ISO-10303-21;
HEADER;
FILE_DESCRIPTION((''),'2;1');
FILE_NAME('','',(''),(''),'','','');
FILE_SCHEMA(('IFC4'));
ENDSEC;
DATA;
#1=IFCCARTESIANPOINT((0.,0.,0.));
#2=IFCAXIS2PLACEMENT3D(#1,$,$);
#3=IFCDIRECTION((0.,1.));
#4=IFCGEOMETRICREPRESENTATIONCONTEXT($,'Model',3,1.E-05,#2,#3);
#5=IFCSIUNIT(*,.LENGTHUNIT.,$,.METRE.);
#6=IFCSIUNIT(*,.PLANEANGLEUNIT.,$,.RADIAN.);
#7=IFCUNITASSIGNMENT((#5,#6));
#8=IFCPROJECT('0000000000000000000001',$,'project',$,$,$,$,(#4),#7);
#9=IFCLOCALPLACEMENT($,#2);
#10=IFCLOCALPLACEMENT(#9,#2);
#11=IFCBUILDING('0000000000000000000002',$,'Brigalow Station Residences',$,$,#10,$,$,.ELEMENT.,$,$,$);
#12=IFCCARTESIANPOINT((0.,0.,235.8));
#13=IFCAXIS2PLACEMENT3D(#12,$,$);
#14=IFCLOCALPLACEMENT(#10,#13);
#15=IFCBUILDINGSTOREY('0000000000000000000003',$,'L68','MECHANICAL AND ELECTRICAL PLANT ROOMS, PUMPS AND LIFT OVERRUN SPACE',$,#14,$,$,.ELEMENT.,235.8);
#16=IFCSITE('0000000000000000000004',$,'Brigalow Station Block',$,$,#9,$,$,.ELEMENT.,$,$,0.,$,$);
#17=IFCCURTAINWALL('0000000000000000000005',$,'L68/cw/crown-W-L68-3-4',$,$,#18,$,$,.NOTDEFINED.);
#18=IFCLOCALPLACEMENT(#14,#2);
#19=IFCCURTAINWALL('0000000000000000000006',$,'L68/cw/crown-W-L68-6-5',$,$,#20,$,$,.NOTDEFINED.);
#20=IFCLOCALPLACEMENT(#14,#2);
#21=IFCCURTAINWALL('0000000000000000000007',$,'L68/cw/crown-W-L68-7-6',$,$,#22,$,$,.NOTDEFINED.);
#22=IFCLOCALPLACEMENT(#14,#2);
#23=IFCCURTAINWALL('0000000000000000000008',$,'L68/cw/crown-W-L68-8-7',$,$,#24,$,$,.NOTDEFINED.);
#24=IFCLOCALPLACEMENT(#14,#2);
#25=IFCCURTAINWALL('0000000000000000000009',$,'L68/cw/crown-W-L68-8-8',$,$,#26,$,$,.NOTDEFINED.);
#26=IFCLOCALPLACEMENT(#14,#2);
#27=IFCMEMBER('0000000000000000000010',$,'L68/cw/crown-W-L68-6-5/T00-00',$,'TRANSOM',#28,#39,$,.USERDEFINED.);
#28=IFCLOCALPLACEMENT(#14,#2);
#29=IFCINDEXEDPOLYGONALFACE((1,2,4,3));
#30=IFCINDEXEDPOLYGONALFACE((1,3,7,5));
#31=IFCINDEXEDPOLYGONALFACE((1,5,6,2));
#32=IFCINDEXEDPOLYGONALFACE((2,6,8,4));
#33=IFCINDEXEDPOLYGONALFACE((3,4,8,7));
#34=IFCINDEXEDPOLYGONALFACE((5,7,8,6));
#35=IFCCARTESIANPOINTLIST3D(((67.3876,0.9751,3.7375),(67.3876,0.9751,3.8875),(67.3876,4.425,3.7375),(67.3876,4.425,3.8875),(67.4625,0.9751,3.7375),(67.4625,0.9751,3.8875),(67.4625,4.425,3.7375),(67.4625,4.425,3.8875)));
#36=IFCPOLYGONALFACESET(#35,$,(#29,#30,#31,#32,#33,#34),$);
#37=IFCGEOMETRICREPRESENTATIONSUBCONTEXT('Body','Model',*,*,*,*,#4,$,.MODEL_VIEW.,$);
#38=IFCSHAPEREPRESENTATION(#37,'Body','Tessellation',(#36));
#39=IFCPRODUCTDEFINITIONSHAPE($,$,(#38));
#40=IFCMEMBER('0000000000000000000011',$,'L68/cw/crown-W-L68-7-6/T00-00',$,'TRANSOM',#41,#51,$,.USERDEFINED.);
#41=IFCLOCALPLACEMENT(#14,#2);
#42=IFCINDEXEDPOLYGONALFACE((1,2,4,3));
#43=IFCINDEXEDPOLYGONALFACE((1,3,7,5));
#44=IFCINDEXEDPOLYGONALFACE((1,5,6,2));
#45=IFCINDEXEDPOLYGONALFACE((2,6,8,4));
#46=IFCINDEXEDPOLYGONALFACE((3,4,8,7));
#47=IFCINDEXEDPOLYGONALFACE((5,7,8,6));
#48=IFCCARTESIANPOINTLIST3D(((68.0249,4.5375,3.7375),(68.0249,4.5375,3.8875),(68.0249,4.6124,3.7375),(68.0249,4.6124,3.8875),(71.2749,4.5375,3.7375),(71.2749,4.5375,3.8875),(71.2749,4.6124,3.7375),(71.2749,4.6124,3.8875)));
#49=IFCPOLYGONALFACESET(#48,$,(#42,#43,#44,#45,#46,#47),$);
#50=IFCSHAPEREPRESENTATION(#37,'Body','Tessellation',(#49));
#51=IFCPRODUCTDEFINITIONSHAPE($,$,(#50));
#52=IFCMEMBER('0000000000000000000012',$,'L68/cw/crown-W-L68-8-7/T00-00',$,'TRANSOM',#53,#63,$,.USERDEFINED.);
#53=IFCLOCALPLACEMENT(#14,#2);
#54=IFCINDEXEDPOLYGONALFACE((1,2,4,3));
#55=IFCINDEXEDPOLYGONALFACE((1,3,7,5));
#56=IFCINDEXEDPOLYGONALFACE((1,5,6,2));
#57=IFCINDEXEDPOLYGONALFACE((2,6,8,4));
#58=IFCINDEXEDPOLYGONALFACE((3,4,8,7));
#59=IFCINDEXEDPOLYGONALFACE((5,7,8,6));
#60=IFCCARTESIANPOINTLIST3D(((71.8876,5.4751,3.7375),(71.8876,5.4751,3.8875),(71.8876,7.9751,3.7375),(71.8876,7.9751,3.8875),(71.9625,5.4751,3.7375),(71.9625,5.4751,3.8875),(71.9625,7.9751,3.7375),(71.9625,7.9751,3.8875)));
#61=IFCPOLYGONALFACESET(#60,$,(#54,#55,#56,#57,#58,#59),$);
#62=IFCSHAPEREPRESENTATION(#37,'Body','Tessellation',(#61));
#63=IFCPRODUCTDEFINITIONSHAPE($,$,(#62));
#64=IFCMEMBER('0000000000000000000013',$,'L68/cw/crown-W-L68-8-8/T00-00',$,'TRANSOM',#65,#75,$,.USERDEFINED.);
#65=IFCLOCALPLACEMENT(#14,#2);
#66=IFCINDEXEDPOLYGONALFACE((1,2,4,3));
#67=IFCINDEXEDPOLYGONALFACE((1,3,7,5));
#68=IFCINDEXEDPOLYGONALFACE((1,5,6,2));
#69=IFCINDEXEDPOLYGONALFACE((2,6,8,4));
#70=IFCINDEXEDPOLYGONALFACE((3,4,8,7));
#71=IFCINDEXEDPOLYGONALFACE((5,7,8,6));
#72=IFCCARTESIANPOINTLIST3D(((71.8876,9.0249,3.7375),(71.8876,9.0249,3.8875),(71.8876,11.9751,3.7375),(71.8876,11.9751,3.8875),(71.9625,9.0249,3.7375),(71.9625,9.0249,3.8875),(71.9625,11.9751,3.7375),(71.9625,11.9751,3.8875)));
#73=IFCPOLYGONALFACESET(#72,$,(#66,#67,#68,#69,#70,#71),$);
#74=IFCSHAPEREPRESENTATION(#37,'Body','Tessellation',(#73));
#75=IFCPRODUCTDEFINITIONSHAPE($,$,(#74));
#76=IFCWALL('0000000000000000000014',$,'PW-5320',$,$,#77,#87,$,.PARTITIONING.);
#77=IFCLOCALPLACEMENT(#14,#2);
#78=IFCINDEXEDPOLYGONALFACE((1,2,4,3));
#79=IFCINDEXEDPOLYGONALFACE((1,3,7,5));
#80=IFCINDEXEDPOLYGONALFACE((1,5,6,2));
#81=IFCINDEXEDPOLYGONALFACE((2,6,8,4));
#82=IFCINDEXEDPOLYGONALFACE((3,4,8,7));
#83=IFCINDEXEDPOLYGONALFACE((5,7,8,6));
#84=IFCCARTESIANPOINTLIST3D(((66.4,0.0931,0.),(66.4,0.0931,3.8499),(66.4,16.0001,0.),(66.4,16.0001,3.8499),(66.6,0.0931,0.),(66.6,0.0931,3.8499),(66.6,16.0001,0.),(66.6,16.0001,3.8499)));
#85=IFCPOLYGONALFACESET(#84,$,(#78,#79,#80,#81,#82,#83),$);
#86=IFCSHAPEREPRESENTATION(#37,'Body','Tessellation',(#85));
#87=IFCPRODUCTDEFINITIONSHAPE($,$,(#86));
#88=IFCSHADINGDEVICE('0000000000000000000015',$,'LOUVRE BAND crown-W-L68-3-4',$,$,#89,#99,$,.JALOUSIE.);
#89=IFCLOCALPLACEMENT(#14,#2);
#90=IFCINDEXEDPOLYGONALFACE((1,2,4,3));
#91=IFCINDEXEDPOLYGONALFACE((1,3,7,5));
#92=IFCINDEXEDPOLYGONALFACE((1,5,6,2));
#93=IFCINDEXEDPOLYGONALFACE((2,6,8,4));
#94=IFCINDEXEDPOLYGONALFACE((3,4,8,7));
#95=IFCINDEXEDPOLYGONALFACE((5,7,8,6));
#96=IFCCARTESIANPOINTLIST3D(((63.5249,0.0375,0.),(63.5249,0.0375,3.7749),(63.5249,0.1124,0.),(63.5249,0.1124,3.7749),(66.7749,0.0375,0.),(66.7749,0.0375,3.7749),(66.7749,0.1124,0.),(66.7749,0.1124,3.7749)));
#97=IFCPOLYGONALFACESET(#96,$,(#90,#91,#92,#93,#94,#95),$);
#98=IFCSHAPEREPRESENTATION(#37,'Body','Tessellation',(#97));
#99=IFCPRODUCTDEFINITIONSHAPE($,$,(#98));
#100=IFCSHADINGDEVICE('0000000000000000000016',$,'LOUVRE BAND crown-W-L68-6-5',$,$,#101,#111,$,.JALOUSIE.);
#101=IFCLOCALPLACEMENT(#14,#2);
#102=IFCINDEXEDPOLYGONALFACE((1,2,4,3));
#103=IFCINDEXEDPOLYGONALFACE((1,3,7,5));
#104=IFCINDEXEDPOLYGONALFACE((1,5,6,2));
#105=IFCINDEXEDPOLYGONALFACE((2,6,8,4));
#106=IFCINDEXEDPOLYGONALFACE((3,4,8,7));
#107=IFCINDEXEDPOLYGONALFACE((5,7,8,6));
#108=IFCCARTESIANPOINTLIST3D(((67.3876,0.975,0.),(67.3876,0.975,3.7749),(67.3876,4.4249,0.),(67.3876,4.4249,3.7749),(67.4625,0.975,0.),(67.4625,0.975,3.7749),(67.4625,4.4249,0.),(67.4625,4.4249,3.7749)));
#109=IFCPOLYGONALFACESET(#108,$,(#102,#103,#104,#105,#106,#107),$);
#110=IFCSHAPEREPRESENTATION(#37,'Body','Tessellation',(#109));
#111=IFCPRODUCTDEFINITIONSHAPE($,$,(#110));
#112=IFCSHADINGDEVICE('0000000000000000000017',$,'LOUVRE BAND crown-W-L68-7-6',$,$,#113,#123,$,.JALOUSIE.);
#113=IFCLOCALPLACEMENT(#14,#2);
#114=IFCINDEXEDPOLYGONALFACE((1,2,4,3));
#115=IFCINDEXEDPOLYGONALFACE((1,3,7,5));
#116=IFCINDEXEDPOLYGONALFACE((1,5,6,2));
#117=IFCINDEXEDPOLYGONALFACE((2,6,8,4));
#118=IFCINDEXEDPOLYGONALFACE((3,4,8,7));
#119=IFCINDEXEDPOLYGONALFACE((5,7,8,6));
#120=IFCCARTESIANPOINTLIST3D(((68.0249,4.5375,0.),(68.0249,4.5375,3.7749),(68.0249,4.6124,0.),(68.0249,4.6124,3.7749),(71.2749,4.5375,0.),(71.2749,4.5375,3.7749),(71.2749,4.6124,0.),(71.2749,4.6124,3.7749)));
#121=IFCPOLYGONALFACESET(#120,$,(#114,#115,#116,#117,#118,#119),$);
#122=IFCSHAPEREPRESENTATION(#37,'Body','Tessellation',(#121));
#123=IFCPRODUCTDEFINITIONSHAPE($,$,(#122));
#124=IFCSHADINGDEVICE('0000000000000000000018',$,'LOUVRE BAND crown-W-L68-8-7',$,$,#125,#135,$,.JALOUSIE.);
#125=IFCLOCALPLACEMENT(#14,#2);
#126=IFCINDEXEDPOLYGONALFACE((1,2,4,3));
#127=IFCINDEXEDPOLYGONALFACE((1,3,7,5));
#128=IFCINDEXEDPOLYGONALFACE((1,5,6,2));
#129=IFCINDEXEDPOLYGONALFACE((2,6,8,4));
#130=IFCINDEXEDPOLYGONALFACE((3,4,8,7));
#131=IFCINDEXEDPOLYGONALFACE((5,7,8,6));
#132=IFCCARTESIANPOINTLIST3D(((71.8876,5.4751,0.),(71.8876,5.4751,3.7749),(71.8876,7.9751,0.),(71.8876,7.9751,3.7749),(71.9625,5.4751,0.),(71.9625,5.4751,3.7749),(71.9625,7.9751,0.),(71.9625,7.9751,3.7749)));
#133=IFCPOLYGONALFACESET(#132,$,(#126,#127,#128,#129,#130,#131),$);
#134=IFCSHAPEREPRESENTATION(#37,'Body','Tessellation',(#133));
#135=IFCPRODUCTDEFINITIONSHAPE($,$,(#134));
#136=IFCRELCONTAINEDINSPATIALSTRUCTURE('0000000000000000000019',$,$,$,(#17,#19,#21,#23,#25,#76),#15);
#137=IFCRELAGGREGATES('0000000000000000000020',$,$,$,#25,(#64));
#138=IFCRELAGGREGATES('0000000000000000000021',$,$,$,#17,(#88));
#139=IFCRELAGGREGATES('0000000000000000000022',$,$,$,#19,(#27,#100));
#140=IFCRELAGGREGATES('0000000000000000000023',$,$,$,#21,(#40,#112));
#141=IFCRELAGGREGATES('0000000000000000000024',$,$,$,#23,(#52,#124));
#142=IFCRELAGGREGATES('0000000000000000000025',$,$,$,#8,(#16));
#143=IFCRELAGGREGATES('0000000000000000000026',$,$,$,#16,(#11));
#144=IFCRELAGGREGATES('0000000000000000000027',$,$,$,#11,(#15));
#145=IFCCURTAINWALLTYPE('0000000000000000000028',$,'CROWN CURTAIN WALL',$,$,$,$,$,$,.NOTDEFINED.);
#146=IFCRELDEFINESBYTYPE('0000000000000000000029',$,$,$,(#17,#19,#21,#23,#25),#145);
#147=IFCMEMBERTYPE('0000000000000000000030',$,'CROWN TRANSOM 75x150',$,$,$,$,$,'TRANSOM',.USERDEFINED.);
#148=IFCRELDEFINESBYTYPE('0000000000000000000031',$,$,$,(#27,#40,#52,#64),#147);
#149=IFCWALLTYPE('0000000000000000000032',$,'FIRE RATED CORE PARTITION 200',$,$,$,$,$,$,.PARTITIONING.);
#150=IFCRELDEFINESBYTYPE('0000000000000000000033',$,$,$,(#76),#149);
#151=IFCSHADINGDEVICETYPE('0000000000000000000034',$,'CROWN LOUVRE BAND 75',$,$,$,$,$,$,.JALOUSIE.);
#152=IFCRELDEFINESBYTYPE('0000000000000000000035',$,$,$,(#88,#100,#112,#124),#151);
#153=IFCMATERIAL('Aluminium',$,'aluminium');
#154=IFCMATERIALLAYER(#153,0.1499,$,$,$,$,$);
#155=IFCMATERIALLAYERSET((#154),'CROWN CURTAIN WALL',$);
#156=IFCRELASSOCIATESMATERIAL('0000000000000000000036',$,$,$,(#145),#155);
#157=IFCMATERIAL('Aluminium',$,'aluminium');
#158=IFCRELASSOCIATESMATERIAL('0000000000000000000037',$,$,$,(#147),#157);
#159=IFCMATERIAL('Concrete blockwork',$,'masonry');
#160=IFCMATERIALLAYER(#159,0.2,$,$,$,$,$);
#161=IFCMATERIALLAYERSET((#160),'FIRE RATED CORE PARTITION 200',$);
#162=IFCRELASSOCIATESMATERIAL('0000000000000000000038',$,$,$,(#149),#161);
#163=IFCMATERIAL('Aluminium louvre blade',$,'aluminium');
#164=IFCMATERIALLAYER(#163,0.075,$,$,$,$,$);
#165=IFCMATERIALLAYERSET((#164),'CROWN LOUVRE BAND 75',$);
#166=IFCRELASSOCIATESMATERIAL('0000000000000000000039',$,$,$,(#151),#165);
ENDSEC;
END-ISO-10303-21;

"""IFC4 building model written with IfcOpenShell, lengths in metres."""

from ifc_helpers import new_model, si_unit, direction, frame, frame_2d, origin, origin_2d, place, context, subcontext, project, spatial, rectangle, extrude, material, layer, layer_set, material_profile, profile_set, type_object, element, aggregate, save


model = new_model("IFC4")

# Units and contexts
model_context = context("Model", 3, precision=1e-05, world=origin(), true_north=direction((0.0, 1.0)))
body_context = subcontext(model_context, "Body", "Model", "MODEL_VIEW")
ifc_project = project(units=[si_unit("LENGTHUNIT", "METRE"), si_unit("PLANEANGLEUNIT", "RADIAN")], contexts=[model_context])

# Site, building, storey
site_placement = place(None, origin())
site = spatial("IfcSite", under=ifc_project, at=site_placement, Name="Brigalow Station Block", CompositionType="ELEMENT", RefElevation=0.0)
building_placement = place(site_placement, origin())
building = spatial("IfcBuilding", under=site, at=building_placement, Name="Brigalow Station Residences", CompositionType="ELEMENT")
storey_placement = place(building_placement, frame((0.0, 0.0, 235.8)))
storey = spatial("IfcBuildingStorey", under=building, at=storey_placement, Name="L68", Description="MECHANICAL AND ELECTRICAL PLANT ROOMS, PUMPS AND LIFT OVERRUN SPACE", CompositionType="ELEMENT", Elevation=235.8)

# Curtain walls
ifc_material_1 = material(Name="Aluminium", Category="aluminium")
ifc_layer_1 = layer(ifc_material_1, 0.1499)
ifc_layer_set_1 = layer_set([ifc_layer_1], Name="CROWN CURTAIN WALL")
curtain_wall_type = type_object("IfcCurtainWallType", Name="CROWN CURTAIN WALL", PredefinedType="NOTDEFINED", material=ifc_layer_set_1)
curtain_wall_1_placement = place(storey_placement, origin())
curtain_wall_1 = element("IfcCurtainWall", 1, at=curtain_wall_1_placement, inside=storey, type_object=curtain_wall_type, Name="L68/cw/crown-W-L68-3-4", PredefinedType="NOTDEFINED")
curtain_wall_2_placement = place(storey_placement, origin())
curtain_wall_2 = element("IfcCurtainWall", 2, at=curtain_wall_2_placement, inside=storey, type_object=curtain_wall_type, Name="L68/cw/crown-W-L68-6-5", PredefinedType="NOTDEFINED")
curtain_wall_3_placement = place(storey_placement, origin())
curtain_wall_3 = element("IfcCurtainWall", 3, at=curtain_wall_3_placement, inside=storey, type_object=curtain_wall_type, Name="L68/cw/crown-W-L68-7-6", PredefinedType="NOTDEFINED")
curtain_wall_4_placement = place(storey_placement, origin())
curtain_wall_4 = element("IfcCurtainWall", 4, at=curtain_wall_4_placement, inside=storey, type_object=curtain_wall_type, Name="L68/cw/crown-W-L68-8-7", PredefinedType="NOTDEFINED")

# Curtain wall
curtain_wall_5_placement = place(storey_placement, origin())
curtain_wall_5 = element("IfcCurtainWall", 5, at=curtain_wall_5_placement, inside=storey, type_object=curtain_wall_type, Name="L68/cw/crown-W-L68-8-8", PredefinedType="NOTDEFINED")

# Members
ifc_material_2 = material(Name="Aluminium", Category="aluminium")
ifc_material_profile_1 = material_profile(ifc_material_2, rectangle(XDim=0.075, YDim=0.1499, at=origin_2d()), Name="CROWN TRANSOM 75x150")
ifc_profile_set_1 = profile_set([ifc_material_profile_1], Name="Aluminium")
member_type_1 = type_object("IfcMemberType", Name="CROWN TRANSOM 75x150", ElementType="TRANSOM", PredefinedType="USERDEFINED", material=ifc_profile_set_1)
member_1_placement = place(storey_placement, frame((67.425, 0.9751, 3.8125), z_axis=(0.0, 1.0, 0.0), x_axis=(-1.0, 0.0, 0.0)))
member_1 = element("IfcMember", 6, at=member_1_placement, type_object=member_type_1, Name="L68/cw/crown-W-L68-6-5/T00-00", ObjectType="TRANSOM", PredefinedType="USERDEFINED", context=body_context, shape_type="SweptSolid", body=[
    extrude(rectangle(XDim=0.075, YDim=0.1499, at=origin_2d()), origin(), (0.0, 0.0, 1.0), 3.45),
])
member_2_placement = place(storey_placement, frame((68.0249, 4.575, 3.8125), z_axis=(1.0, 0.0, 0.0), x_axis=(0.0, 1.0, 0.0)))
member_2 = element("IfcMember", 7, at=member_2_placement, type_object=member_type_1, Name="L68/cw/crown-W-L68-7-6/T00-00", ObjectType="TRANSOM", PredefinedType="USERDEFINED", context=body_context, shape_type="SweptSolid", body=[
    extrude(rectangle(XDim=0.075, YDim=0.1499, at=origin_2d()), origin(), (0.0, 0.0, 1.0), 3.25),
])
member_3_placement = place(storey_placement, frame((71.925, 5.4751, 3.8125), z_axis=(0.0, 1.0, 0.0), x_axis=(-1.0, 0.0, 0.0)))
member_3 = element("IfcMember", 8, at=member_3_placement, type_object=member_type_1, Name="L68/cw/crown-W-L68-8-7/T00-00", ObjectType="TRANSOM", PredefinedType="USERDEFINED", context=body_context, shape_type="SweptSolid", body=[
    extrude(rectangle(XDim=0.075, YDim=0.1499, at=origin_2d()), origin(), (0.0, 0.0, 1.0), 2.5),
])
member_4_placement = place(storey_placement, frame((71.925, 9.0249, 3.8125), z_axis=(0.0, 1.0, 0.0), x_axis=(-1.0, 0.0, 0.0)))
member_4 = element("IfcMember", 9, at=member_4_placement, type_object=member_type_1, Name="L68/cw/crown-W-L68-8-8/T00-00", ObjectType="TRANSOM", PredefinedType="USERDEFINED", context=body_context, shape_type="SweptSolid", body=[
    extrude(rectangle(XDim=0.075, YDim=0.1499, at=origin_2d()), origin(), (0.0, 0.0, 1.0), 2.9502),
])
aggregate(curtain_wall_5, [member_4])

# Wall
ifc_material_3 = material(Name="Concrete blockwork", Category="masonry")
ifc_layer_2 = layer(ifc_material_3, 0.2)
ifc_layer_set_2 = layer_set([ifc_layer_2], Name="FIRE RATED CORE PARTITION 200")
wall_type = type_object("IfcWallType", Name="FIRE RATED CORE PARTITION 200", PredefinedType="PARTITIONING", material=ifc_layer_set_2)
wall_placement = place(storey_placement, frame((66.5, 0.093, 0.0), z_axis=(0.0, 0.0, 1.0), x_axis=(0.0, 1.0, 0.0)))
element("IfcWall", 10, at=wall_placement, inside=storey, type_object=wall_type, Name="PW-5320", PredefinedType="PARTITIONING", context=body_context, shape_type="SweptSolid", body=[
    extrude(rectangle(XDim=15.907, YDim=0.2, at=frame_2d((7.9536, 0.0))), origin(), (0.0, 0.0, 1.0), 3.8499),
])

# Shading devices
ifc_material_4 = material(Name="Aluminium louvre blade", Category="aluminium")
ifc_layer_3 = layer(ifc_material_4, 0.075)
ifc_layer_set_3 = layer_set([ifc_layer_3], Name="CROWN LOUVRE BAND 75")
shading_device_type = type_object("IfcShadingDeviceType", Name="CROWN LOUVRE BAND 75", PredefinedType="JALOUSIE", material=ifc_layer_set_3)
shading_device_1_placement = place(storey_placement, frame((65.1499, 0.075, 0.0), z_axis=(0.0, 0.0, 1.0), x_axis=(1.0, 0.0, 0.0)))
shading_device_1 = element("IfcShadingDevice", 11, at=shading_device_1_placement, type_object=shading_device_type, Name="LOUVRE BAND crown-W-L68-3-4", PredefinedType="JALOUSIE", context=body_context, shape_type="SweptSolid", body=[
    extrude(rectangle(XDim=3.25, YDim=0.075, at=origin_2d()), origin(), (0.0, 0.0, 1.0), 3.7749),
])
aggregate(curtain_wall_1, [shading_device_1])
shading_device_2_placement = place(storey_placement, frame((67.425, 2.7, 0.0), z_axis=(0.0, 0.0, 1.0), x_axis=(0.0, 1.0, 0.0)))
shading_device_2 = element("IfcShadingDevice", 12, at=shading_device_2_placement, type_object=shading_device_type, Name="LOUVRE BAND crown-W-L68-6-5", PredefinedType="JALOUSIE", context=body_context, shape_type="SweptSolid", body=[
    extrude(rectangle(XDim=3.45, YDim=0.075, at=origin_2d()), origin(), (0.0, 0.0, 1.0), 3.7749),
])
aggregate(curtain_wall_2, [member_1, shading_device_2])
shading_device_3_placement = place(storey_placement, frame((69.6499, 4.575, 0.0), z_axis=(0.0, 0.0, 1.0), x_axis=(1.0, 0.0, 0.0)))
shading_device_3 = element("IfcShadingDevice", 13, at=shading_device_3_placement, type_object=shading_device_type, Name="LOUVRE BAND crown-W-L68-7-6", PredefinedType="JALOUSIE", context=body_context, shape_type="SweptSolid", body=[
    extrude(rectangle(XDim=3.25, YDim=0.075, at=origin_2d()), origin(), (0.0, 0.0, 1.0), 3.7749),
])
aggregate(curtain_wall_3, [member_2, shading_device_3])
shading_device_4_placement = place(storey_placement, frame((71.925, 6.7251, 0.0), z_axis=(0.0, 0.0, 1.0), x_axis=(0.0, 1.0, 0.0)))
shading_device_4 = element("IfcShadingDevice", 14, at=shading_device_4_placement, type_object=shading_device_type, Name="LOUVRE BAND crown-W-L68-8-7", PredefinedType="JALOUSIE", context=body_context, shape_type="SweptSolid", body=[
    extrude(rectangle(XDim=2.5, YDim=0.075, at=origin_2d()), origin(), (0.0, 0.0, 1.0), 3.7749),
])
aggregate(curtain_wall_4, [member_3, shading_device_4])

save(model, "model.ifc")
